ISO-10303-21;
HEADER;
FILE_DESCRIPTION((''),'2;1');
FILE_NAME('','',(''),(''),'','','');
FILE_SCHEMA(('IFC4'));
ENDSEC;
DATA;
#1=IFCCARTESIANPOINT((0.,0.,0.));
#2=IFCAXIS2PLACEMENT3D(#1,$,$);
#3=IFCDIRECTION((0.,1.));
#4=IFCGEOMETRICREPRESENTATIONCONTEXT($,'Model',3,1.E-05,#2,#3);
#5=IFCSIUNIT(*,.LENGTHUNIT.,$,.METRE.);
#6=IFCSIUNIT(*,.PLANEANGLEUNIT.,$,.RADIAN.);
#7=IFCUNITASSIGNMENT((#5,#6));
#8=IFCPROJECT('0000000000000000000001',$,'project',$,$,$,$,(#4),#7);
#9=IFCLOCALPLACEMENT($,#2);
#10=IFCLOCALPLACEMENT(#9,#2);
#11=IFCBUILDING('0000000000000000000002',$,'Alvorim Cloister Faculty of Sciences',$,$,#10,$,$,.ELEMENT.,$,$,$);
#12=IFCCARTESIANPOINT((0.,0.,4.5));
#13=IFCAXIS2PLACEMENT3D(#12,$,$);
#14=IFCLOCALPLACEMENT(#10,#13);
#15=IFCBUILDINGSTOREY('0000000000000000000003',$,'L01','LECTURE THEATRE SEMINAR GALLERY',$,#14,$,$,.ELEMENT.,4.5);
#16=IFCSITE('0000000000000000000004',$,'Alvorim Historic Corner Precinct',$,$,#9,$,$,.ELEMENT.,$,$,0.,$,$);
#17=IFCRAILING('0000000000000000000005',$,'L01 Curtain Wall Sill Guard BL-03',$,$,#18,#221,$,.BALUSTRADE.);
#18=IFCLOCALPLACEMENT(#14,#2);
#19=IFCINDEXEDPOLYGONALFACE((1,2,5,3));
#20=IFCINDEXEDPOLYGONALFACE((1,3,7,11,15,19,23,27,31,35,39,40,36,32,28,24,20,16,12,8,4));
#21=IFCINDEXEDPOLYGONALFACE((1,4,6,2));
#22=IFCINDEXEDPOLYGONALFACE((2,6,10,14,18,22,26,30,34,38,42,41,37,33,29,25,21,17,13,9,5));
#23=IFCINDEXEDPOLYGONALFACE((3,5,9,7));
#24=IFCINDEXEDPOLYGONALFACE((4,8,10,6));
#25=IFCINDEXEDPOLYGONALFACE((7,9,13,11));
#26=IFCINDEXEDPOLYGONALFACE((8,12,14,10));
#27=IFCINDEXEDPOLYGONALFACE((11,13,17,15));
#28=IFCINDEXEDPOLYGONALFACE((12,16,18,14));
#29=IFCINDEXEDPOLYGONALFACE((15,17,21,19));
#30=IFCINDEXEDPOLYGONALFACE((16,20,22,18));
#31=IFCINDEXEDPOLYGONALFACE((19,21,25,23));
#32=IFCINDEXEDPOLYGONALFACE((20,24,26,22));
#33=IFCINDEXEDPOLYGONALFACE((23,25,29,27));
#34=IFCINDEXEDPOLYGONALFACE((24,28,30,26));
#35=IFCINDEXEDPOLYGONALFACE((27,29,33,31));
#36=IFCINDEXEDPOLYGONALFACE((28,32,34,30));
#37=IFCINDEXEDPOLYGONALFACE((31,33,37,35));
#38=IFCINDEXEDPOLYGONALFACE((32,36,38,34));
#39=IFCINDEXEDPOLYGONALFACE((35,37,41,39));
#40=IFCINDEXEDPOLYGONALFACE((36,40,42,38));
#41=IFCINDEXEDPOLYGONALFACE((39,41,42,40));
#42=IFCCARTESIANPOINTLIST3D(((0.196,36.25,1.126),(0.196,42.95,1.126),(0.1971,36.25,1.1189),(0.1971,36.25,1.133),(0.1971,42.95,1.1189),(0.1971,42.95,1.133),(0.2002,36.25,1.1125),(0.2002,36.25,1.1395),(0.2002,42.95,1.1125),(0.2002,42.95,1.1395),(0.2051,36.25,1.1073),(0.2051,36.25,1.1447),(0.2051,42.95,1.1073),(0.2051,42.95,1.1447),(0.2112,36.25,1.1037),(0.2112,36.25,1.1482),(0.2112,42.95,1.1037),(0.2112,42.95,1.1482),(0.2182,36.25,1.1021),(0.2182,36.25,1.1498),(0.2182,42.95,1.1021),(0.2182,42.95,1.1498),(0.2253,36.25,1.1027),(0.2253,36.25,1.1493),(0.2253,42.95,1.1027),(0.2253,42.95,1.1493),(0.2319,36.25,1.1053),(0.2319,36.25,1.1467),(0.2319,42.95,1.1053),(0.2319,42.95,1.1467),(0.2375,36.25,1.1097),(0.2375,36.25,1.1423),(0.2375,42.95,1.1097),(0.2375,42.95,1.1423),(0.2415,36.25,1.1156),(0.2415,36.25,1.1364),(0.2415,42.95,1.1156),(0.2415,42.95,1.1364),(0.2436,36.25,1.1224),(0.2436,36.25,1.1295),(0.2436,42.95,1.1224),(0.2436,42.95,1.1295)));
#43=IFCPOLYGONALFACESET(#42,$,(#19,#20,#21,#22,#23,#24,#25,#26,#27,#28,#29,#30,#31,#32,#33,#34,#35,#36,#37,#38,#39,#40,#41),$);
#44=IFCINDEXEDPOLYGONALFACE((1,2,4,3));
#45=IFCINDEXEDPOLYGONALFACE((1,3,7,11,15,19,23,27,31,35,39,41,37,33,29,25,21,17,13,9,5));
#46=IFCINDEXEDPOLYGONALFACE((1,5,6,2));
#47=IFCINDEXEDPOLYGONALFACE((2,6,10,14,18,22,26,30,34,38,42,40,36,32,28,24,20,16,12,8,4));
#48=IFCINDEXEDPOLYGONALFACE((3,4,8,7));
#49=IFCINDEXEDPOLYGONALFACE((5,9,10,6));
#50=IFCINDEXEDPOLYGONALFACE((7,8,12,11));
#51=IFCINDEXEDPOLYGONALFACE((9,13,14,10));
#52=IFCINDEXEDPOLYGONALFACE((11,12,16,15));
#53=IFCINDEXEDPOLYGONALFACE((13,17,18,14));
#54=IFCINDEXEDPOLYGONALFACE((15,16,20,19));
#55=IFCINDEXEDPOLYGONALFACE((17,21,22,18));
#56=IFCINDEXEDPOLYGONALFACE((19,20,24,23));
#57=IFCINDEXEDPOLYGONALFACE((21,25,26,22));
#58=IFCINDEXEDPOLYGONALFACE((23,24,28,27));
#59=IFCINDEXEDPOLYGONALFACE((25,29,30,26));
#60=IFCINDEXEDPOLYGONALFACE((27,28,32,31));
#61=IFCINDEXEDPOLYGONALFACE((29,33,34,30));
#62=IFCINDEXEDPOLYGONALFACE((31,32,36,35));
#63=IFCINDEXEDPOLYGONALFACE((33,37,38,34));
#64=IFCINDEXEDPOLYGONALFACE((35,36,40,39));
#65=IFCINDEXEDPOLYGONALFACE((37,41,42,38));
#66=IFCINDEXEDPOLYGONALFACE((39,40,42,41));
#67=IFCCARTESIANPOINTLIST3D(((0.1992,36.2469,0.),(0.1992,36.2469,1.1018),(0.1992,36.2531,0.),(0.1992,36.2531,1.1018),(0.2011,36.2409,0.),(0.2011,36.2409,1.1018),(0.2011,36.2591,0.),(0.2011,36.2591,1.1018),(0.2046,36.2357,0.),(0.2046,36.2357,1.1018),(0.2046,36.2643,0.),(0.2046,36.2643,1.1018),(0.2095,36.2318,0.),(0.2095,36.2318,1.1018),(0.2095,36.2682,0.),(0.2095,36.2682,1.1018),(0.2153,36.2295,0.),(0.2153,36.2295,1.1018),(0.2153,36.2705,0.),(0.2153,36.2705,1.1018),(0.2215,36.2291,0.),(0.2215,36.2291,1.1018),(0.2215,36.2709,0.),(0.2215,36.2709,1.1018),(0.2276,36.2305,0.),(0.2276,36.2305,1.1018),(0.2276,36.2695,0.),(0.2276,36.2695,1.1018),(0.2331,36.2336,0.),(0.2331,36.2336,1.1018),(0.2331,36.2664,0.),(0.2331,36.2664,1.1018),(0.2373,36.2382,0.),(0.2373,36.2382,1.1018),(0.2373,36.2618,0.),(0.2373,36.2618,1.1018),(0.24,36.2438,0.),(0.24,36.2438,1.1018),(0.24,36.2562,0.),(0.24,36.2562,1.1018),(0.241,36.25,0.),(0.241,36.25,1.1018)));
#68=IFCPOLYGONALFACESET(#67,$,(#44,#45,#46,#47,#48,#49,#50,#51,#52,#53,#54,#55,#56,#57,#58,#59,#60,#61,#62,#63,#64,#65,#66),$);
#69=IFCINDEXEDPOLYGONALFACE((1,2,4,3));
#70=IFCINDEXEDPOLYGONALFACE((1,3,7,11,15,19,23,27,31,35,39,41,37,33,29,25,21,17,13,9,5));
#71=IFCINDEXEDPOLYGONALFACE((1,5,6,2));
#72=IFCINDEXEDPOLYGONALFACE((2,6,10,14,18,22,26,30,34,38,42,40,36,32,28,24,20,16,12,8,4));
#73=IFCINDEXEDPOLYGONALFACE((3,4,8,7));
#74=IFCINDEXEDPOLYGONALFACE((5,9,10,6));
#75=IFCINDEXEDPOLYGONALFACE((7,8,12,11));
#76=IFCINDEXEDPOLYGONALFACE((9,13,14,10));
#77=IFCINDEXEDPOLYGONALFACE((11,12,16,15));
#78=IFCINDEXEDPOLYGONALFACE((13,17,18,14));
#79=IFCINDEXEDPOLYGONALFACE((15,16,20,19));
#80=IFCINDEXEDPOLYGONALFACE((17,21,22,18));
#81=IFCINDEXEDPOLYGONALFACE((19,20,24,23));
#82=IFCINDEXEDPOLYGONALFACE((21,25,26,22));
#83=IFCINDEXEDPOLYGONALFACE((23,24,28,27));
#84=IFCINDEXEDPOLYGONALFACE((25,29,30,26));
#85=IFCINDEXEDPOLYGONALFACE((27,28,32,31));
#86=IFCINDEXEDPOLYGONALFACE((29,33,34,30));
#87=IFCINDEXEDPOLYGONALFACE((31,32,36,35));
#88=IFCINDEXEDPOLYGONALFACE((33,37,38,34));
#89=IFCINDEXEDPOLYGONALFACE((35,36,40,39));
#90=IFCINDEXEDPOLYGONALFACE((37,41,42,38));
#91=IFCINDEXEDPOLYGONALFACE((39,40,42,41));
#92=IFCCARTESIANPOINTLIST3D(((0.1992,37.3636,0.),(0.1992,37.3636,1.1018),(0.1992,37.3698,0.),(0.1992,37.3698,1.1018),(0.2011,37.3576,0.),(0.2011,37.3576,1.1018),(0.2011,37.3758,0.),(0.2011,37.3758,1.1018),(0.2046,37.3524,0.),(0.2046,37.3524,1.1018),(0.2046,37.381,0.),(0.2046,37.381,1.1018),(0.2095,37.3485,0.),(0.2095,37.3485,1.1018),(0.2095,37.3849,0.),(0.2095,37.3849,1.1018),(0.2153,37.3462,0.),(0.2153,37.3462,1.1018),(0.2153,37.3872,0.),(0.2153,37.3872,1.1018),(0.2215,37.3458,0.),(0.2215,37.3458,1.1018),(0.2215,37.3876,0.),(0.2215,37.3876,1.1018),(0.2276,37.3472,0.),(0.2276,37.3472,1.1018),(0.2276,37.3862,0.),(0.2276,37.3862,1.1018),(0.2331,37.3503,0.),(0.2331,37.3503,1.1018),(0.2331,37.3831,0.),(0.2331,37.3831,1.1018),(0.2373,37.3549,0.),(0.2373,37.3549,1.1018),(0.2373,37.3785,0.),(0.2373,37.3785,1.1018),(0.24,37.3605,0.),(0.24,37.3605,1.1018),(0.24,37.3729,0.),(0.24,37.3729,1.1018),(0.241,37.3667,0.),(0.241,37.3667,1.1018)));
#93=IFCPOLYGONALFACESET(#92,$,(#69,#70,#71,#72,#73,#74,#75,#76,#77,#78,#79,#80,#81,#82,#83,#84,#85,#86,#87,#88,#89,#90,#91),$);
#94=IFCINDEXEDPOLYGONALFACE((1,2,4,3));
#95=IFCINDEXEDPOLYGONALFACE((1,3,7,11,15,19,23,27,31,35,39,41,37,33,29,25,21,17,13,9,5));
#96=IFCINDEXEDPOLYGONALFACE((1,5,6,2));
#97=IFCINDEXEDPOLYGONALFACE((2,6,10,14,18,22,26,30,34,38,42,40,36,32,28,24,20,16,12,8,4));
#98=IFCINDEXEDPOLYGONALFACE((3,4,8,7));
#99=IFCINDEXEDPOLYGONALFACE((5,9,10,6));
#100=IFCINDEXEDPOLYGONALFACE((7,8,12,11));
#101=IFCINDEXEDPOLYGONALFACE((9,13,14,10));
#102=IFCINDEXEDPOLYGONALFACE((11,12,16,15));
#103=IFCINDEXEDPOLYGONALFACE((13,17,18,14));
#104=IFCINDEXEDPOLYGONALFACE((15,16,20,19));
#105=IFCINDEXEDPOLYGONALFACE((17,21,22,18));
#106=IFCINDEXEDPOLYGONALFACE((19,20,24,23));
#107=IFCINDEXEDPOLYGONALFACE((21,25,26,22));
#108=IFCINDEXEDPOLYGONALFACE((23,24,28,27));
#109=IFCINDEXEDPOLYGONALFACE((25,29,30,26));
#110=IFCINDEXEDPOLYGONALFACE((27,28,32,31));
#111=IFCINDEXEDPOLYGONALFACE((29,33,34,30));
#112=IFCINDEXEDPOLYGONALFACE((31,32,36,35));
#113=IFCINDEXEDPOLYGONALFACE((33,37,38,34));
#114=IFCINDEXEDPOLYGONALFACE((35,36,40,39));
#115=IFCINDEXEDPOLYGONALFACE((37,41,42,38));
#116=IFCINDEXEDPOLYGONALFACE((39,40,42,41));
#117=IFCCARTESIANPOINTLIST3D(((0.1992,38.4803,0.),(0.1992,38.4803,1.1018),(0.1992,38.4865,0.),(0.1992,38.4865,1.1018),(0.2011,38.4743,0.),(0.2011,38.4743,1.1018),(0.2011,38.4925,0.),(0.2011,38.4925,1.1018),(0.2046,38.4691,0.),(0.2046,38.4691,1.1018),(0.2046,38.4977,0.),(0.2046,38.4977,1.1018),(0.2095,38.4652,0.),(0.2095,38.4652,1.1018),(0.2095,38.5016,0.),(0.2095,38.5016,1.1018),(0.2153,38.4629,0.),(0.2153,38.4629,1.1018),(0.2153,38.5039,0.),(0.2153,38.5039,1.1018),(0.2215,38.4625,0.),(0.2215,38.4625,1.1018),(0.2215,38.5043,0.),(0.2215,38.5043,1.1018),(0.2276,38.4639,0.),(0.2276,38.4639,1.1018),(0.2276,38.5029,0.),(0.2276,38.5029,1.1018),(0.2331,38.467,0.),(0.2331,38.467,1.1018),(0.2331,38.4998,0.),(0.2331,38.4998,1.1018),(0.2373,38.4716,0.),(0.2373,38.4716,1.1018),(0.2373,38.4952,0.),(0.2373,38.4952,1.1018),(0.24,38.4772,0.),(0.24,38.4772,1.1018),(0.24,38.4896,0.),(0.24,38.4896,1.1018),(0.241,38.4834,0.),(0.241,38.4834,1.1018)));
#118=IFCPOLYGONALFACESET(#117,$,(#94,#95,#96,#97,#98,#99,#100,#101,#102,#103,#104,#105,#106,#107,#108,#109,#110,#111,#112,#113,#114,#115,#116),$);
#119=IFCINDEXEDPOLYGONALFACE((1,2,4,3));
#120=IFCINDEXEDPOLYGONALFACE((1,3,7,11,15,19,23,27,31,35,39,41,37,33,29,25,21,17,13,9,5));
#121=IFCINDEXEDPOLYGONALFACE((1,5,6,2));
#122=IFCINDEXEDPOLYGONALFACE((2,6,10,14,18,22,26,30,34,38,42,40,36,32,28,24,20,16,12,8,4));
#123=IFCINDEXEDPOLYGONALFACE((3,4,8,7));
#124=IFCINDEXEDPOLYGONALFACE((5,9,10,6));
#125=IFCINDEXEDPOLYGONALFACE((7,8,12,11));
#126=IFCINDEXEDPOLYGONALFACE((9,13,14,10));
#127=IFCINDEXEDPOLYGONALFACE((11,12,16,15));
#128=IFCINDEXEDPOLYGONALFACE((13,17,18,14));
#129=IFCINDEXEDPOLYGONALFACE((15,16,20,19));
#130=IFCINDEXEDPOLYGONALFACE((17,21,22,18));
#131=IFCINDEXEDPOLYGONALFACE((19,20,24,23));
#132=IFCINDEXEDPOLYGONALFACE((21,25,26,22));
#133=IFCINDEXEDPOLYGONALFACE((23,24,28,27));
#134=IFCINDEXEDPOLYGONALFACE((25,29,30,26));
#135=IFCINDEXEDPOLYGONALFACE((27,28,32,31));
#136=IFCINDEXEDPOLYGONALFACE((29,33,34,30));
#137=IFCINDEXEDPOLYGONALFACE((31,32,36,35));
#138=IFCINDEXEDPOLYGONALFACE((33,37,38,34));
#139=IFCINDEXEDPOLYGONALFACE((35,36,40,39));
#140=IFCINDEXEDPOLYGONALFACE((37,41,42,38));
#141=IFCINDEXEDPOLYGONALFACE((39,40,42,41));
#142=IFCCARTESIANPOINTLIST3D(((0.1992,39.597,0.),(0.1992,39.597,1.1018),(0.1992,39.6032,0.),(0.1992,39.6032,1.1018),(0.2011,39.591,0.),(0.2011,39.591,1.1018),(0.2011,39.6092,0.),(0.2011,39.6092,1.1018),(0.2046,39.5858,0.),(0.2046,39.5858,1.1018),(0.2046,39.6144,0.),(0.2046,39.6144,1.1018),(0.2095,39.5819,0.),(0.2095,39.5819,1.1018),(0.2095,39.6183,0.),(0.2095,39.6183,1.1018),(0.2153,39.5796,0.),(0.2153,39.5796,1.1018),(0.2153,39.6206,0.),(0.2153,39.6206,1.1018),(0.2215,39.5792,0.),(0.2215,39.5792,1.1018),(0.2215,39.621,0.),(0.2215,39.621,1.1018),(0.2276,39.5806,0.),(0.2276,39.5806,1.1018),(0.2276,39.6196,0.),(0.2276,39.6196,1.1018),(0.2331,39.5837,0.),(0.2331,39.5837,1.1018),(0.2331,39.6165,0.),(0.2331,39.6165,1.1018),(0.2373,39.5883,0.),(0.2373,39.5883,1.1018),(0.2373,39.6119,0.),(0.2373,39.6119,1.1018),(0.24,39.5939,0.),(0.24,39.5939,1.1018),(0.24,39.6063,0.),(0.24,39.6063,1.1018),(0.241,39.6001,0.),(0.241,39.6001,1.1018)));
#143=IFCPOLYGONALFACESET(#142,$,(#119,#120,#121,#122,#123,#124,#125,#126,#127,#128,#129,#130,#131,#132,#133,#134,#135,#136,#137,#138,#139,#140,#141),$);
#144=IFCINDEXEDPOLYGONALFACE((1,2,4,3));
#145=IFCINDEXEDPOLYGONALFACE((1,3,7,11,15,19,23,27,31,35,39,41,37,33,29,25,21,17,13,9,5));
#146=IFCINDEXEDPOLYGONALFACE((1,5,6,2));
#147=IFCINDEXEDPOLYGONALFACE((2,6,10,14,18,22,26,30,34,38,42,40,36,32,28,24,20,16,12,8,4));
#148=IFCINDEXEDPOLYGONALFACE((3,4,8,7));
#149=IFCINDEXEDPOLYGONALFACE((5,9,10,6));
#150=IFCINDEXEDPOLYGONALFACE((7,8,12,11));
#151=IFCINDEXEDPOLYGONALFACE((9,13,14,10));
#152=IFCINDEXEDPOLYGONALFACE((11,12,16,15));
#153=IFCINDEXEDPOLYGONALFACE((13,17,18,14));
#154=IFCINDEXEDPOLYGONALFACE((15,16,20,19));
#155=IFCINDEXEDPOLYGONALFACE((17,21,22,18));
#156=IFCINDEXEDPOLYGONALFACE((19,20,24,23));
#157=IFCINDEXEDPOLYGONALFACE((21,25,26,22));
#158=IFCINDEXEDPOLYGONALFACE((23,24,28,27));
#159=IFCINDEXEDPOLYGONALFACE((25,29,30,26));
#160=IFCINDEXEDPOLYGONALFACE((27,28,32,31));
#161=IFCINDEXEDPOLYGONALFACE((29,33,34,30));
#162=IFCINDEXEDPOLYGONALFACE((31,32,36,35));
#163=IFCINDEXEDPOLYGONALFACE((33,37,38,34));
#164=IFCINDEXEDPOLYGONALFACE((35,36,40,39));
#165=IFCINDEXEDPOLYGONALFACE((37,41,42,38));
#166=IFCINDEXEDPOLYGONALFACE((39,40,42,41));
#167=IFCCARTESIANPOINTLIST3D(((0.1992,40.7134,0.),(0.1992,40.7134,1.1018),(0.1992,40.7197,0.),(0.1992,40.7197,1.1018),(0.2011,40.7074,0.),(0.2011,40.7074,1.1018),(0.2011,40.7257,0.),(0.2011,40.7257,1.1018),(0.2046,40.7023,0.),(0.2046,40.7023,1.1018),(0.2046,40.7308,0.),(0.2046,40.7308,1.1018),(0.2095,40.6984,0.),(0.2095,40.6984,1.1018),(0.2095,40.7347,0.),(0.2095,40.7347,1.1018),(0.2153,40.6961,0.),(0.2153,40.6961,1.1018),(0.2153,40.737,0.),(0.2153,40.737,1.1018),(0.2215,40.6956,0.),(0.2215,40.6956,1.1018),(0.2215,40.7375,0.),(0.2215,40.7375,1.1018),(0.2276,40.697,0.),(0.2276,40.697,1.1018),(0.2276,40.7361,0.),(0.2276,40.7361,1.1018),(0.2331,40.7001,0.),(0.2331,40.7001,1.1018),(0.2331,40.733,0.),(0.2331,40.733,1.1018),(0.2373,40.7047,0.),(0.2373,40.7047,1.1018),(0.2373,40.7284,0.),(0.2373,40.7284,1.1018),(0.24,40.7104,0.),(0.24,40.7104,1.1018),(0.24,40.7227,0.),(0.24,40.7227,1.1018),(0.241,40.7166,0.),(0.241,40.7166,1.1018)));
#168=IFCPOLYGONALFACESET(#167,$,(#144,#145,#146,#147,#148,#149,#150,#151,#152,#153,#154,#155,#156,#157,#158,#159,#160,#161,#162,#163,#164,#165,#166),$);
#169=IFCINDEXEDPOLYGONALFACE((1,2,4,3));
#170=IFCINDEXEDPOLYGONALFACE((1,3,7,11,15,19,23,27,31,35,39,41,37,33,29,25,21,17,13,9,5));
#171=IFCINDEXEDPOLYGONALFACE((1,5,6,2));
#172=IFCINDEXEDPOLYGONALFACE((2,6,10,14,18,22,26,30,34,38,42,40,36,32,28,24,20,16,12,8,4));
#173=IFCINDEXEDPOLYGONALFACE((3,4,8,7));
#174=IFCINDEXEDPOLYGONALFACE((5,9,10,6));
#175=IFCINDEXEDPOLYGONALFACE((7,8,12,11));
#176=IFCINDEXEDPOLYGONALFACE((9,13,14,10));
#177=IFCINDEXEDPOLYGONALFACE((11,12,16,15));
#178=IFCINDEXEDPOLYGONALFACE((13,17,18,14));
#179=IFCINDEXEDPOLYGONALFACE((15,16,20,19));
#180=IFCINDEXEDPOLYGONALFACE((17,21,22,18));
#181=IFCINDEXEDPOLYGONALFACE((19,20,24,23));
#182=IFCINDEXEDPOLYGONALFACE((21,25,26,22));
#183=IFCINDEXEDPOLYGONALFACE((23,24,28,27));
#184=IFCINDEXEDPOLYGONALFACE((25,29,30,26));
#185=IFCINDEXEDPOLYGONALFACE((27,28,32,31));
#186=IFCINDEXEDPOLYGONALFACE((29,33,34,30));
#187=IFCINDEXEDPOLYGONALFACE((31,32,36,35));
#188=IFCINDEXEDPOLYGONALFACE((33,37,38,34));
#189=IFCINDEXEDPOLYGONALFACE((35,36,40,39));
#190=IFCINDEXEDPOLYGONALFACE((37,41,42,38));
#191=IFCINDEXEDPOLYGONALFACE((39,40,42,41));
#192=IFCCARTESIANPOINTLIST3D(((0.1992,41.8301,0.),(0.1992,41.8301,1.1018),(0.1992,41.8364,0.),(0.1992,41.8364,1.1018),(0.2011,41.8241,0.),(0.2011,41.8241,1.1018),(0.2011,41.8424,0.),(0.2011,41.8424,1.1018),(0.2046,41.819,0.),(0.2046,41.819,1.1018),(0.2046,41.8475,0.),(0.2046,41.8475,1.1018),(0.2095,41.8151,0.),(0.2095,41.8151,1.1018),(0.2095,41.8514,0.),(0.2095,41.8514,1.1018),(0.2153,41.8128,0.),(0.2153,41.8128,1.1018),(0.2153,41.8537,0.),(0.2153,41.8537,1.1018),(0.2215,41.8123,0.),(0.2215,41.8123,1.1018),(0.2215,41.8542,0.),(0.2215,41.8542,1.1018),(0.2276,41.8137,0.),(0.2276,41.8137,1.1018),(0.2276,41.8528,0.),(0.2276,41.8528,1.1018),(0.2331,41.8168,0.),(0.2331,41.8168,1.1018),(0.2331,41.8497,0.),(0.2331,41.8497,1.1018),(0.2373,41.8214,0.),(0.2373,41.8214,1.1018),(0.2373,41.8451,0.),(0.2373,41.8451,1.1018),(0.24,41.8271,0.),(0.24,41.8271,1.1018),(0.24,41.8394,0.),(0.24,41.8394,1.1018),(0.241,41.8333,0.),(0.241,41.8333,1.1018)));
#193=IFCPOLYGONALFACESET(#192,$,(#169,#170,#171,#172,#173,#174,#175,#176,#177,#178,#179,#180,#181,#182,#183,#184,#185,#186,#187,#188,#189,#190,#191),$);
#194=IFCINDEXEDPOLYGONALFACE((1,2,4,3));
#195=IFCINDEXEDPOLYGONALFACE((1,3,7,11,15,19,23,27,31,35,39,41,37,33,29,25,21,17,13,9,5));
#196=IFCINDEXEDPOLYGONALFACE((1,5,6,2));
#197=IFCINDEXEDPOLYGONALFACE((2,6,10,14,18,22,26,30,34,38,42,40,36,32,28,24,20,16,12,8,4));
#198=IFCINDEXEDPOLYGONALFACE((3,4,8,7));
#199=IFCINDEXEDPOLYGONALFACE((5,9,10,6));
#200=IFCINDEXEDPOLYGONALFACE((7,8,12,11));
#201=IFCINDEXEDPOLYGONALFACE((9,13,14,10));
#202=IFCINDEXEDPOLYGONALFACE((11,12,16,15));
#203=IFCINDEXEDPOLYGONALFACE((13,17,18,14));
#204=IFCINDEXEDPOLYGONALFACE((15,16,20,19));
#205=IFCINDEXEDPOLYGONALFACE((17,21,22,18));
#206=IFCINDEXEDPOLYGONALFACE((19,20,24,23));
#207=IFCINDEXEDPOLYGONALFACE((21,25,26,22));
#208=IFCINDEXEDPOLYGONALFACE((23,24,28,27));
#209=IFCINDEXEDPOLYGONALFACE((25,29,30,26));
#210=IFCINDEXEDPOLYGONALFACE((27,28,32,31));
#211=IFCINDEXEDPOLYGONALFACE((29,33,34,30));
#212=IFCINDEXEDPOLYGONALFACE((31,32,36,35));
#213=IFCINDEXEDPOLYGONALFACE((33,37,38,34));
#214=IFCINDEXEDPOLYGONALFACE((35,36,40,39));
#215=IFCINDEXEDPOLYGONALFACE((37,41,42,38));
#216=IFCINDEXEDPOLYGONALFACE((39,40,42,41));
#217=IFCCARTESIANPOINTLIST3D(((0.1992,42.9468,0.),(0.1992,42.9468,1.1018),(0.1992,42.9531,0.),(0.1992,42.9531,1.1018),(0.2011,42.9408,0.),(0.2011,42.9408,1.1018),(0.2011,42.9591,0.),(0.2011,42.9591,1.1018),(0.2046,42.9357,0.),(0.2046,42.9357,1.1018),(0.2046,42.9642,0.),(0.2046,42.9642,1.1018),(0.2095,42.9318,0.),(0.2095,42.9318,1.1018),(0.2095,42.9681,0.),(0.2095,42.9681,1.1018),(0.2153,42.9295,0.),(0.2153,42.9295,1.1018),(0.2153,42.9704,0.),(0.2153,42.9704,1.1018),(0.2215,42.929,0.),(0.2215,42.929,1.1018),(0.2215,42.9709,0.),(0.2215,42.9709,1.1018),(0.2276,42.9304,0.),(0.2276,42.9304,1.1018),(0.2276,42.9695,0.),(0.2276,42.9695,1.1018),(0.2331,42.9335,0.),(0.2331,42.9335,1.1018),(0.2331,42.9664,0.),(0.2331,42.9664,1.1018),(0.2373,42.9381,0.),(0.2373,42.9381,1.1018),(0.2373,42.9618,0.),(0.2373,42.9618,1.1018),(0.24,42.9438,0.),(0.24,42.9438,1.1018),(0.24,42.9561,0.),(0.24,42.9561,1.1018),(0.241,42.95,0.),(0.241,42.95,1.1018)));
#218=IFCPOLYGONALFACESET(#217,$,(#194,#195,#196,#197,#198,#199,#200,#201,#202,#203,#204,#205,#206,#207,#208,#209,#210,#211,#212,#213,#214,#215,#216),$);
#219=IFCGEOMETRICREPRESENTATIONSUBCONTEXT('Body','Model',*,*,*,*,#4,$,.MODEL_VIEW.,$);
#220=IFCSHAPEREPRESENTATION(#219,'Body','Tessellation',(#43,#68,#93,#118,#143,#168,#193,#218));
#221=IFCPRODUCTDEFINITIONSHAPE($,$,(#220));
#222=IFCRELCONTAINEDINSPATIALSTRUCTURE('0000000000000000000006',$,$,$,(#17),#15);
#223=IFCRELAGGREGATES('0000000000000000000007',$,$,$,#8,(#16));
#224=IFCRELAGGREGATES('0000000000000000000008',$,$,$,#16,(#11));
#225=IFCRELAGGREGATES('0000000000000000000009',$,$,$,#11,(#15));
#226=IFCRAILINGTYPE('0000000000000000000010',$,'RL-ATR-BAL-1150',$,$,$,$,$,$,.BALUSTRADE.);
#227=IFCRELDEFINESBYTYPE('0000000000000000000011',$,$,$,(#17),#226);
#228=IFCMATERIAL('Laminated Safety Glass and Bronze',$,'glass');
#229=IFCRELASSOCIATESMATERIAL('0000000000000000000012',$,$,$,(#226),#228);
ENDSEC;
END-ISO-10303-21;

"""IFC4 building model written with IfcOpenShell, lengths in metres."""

from ifc_helpers import new_model, si_unit, direction, frame, origin, origin_2d, place, context, subcontext, project, spatial, circle, extrude, material, type_object, element, save


model = new_model("IFC4")

# Units and contexts
model_context = context("Model", 3, precision=1e-05, world=origin(), true_north=direction((0.0, 1.0)))
body_context = subcontext(model_context, "Body", "Model", "MODEL_VIEW")
ifc_project = project(units=[si_unit("LENGTHUNIT", "METRE"), si_unit("PLANEANGLEUNIT", "RADIAN")], contexts=[model_context])

# Site, building, storey
site_placement = place(None, origin())
site = spatial("IfcSite", under=ifc_project, at=site_placement, Name="Alvorim Historic Corner Precinct", CompositionType="ELEMENT", RefElevation=0.0)
building_placement = place(site_placement, origin())
building = spatial("IfcBuilding", under=site, at=building_placement, Name="Alvorim Cloister Faculty of Sciences", CompositionType="ELEMENT")
storey_placement = place(building_placement, frame((0.0, 0.0, 4.5)))
storey = spatial("IfcBuildingStorey", under=building, at=storey_placement, Name="L01", Description="LECTURE THEATRE SEMINAR GALLERY", CompositionType="ELEMENT", Elevation=4.5)

# Railing
ifc_material_1 = material(Name="Laminated Safety Glass and Bronze", Category="glass")
railing_type = type_object("IfcRailingType", Name="RL-ATR-BAL-1150", PredefinedType="BALUSTRADE", material=ifc_material_1)
railing_placement = place(storey_placement, frame((0.22, 36.25, 0.0)))
element("IfcRailing", 1, at=railing_placement, inside=storey, type_object=railing_type, Name="L01 Curtain Wall Sill Guard BL-03", PredefinedType="BALUSTRADE", context=body_context, shape_type="SweptSolid", body=[
    extrude(circle(Radius=0.0239, at=origin_2d()), frame((0.0, 0.0, 1.126), z_axis=(0.0, 1.0, 0.0), x_axis=(-1.0, 0.0, 0.0)), (0.0, 0.0, 1.0), 6.7),
    extrude(circle(Radius=0.021, at=origin_2d()), origin(), (0.0, 0.0, 1.0), 1.1018),
    extrude(circle(Radius=0.021, at=origin_2d()), frame((0.0, 1.1167, 0.0)), (0.0, 0.0, 1.0), 1.1018),
    extrude(circle(Radius=0.021, at=origin_2d()), frame((0.0, 2.2334, 0.0)), (0.0, 0.0, 1.0), 1.1018),
    extrude(circle(Radius=0.021, at=origin_2d()), frame((0.0, 3.3501, 0.0)), (0.0, 0.0, 1.0), 1.1018),
    extrude(circle(Radius=0.021, at=origin_2d()), frame((0.0, 4.4666, 0.0)), (0.0, 0.0, 1.0), 1.1018),
    extrude(circle(Radius=0.021, at=origin_2d()), frame((0.0, 5.5833, 0.0)), (0.0, 0.0, 1.0), 1.1018),
    extrude(circle(Radius=0.021, at=origin_2d()), frame((0.0, 6.7, 0.0)), (0.0, 0.0, 1.0), 1.1018),
])

save(model, "model.ifc")
